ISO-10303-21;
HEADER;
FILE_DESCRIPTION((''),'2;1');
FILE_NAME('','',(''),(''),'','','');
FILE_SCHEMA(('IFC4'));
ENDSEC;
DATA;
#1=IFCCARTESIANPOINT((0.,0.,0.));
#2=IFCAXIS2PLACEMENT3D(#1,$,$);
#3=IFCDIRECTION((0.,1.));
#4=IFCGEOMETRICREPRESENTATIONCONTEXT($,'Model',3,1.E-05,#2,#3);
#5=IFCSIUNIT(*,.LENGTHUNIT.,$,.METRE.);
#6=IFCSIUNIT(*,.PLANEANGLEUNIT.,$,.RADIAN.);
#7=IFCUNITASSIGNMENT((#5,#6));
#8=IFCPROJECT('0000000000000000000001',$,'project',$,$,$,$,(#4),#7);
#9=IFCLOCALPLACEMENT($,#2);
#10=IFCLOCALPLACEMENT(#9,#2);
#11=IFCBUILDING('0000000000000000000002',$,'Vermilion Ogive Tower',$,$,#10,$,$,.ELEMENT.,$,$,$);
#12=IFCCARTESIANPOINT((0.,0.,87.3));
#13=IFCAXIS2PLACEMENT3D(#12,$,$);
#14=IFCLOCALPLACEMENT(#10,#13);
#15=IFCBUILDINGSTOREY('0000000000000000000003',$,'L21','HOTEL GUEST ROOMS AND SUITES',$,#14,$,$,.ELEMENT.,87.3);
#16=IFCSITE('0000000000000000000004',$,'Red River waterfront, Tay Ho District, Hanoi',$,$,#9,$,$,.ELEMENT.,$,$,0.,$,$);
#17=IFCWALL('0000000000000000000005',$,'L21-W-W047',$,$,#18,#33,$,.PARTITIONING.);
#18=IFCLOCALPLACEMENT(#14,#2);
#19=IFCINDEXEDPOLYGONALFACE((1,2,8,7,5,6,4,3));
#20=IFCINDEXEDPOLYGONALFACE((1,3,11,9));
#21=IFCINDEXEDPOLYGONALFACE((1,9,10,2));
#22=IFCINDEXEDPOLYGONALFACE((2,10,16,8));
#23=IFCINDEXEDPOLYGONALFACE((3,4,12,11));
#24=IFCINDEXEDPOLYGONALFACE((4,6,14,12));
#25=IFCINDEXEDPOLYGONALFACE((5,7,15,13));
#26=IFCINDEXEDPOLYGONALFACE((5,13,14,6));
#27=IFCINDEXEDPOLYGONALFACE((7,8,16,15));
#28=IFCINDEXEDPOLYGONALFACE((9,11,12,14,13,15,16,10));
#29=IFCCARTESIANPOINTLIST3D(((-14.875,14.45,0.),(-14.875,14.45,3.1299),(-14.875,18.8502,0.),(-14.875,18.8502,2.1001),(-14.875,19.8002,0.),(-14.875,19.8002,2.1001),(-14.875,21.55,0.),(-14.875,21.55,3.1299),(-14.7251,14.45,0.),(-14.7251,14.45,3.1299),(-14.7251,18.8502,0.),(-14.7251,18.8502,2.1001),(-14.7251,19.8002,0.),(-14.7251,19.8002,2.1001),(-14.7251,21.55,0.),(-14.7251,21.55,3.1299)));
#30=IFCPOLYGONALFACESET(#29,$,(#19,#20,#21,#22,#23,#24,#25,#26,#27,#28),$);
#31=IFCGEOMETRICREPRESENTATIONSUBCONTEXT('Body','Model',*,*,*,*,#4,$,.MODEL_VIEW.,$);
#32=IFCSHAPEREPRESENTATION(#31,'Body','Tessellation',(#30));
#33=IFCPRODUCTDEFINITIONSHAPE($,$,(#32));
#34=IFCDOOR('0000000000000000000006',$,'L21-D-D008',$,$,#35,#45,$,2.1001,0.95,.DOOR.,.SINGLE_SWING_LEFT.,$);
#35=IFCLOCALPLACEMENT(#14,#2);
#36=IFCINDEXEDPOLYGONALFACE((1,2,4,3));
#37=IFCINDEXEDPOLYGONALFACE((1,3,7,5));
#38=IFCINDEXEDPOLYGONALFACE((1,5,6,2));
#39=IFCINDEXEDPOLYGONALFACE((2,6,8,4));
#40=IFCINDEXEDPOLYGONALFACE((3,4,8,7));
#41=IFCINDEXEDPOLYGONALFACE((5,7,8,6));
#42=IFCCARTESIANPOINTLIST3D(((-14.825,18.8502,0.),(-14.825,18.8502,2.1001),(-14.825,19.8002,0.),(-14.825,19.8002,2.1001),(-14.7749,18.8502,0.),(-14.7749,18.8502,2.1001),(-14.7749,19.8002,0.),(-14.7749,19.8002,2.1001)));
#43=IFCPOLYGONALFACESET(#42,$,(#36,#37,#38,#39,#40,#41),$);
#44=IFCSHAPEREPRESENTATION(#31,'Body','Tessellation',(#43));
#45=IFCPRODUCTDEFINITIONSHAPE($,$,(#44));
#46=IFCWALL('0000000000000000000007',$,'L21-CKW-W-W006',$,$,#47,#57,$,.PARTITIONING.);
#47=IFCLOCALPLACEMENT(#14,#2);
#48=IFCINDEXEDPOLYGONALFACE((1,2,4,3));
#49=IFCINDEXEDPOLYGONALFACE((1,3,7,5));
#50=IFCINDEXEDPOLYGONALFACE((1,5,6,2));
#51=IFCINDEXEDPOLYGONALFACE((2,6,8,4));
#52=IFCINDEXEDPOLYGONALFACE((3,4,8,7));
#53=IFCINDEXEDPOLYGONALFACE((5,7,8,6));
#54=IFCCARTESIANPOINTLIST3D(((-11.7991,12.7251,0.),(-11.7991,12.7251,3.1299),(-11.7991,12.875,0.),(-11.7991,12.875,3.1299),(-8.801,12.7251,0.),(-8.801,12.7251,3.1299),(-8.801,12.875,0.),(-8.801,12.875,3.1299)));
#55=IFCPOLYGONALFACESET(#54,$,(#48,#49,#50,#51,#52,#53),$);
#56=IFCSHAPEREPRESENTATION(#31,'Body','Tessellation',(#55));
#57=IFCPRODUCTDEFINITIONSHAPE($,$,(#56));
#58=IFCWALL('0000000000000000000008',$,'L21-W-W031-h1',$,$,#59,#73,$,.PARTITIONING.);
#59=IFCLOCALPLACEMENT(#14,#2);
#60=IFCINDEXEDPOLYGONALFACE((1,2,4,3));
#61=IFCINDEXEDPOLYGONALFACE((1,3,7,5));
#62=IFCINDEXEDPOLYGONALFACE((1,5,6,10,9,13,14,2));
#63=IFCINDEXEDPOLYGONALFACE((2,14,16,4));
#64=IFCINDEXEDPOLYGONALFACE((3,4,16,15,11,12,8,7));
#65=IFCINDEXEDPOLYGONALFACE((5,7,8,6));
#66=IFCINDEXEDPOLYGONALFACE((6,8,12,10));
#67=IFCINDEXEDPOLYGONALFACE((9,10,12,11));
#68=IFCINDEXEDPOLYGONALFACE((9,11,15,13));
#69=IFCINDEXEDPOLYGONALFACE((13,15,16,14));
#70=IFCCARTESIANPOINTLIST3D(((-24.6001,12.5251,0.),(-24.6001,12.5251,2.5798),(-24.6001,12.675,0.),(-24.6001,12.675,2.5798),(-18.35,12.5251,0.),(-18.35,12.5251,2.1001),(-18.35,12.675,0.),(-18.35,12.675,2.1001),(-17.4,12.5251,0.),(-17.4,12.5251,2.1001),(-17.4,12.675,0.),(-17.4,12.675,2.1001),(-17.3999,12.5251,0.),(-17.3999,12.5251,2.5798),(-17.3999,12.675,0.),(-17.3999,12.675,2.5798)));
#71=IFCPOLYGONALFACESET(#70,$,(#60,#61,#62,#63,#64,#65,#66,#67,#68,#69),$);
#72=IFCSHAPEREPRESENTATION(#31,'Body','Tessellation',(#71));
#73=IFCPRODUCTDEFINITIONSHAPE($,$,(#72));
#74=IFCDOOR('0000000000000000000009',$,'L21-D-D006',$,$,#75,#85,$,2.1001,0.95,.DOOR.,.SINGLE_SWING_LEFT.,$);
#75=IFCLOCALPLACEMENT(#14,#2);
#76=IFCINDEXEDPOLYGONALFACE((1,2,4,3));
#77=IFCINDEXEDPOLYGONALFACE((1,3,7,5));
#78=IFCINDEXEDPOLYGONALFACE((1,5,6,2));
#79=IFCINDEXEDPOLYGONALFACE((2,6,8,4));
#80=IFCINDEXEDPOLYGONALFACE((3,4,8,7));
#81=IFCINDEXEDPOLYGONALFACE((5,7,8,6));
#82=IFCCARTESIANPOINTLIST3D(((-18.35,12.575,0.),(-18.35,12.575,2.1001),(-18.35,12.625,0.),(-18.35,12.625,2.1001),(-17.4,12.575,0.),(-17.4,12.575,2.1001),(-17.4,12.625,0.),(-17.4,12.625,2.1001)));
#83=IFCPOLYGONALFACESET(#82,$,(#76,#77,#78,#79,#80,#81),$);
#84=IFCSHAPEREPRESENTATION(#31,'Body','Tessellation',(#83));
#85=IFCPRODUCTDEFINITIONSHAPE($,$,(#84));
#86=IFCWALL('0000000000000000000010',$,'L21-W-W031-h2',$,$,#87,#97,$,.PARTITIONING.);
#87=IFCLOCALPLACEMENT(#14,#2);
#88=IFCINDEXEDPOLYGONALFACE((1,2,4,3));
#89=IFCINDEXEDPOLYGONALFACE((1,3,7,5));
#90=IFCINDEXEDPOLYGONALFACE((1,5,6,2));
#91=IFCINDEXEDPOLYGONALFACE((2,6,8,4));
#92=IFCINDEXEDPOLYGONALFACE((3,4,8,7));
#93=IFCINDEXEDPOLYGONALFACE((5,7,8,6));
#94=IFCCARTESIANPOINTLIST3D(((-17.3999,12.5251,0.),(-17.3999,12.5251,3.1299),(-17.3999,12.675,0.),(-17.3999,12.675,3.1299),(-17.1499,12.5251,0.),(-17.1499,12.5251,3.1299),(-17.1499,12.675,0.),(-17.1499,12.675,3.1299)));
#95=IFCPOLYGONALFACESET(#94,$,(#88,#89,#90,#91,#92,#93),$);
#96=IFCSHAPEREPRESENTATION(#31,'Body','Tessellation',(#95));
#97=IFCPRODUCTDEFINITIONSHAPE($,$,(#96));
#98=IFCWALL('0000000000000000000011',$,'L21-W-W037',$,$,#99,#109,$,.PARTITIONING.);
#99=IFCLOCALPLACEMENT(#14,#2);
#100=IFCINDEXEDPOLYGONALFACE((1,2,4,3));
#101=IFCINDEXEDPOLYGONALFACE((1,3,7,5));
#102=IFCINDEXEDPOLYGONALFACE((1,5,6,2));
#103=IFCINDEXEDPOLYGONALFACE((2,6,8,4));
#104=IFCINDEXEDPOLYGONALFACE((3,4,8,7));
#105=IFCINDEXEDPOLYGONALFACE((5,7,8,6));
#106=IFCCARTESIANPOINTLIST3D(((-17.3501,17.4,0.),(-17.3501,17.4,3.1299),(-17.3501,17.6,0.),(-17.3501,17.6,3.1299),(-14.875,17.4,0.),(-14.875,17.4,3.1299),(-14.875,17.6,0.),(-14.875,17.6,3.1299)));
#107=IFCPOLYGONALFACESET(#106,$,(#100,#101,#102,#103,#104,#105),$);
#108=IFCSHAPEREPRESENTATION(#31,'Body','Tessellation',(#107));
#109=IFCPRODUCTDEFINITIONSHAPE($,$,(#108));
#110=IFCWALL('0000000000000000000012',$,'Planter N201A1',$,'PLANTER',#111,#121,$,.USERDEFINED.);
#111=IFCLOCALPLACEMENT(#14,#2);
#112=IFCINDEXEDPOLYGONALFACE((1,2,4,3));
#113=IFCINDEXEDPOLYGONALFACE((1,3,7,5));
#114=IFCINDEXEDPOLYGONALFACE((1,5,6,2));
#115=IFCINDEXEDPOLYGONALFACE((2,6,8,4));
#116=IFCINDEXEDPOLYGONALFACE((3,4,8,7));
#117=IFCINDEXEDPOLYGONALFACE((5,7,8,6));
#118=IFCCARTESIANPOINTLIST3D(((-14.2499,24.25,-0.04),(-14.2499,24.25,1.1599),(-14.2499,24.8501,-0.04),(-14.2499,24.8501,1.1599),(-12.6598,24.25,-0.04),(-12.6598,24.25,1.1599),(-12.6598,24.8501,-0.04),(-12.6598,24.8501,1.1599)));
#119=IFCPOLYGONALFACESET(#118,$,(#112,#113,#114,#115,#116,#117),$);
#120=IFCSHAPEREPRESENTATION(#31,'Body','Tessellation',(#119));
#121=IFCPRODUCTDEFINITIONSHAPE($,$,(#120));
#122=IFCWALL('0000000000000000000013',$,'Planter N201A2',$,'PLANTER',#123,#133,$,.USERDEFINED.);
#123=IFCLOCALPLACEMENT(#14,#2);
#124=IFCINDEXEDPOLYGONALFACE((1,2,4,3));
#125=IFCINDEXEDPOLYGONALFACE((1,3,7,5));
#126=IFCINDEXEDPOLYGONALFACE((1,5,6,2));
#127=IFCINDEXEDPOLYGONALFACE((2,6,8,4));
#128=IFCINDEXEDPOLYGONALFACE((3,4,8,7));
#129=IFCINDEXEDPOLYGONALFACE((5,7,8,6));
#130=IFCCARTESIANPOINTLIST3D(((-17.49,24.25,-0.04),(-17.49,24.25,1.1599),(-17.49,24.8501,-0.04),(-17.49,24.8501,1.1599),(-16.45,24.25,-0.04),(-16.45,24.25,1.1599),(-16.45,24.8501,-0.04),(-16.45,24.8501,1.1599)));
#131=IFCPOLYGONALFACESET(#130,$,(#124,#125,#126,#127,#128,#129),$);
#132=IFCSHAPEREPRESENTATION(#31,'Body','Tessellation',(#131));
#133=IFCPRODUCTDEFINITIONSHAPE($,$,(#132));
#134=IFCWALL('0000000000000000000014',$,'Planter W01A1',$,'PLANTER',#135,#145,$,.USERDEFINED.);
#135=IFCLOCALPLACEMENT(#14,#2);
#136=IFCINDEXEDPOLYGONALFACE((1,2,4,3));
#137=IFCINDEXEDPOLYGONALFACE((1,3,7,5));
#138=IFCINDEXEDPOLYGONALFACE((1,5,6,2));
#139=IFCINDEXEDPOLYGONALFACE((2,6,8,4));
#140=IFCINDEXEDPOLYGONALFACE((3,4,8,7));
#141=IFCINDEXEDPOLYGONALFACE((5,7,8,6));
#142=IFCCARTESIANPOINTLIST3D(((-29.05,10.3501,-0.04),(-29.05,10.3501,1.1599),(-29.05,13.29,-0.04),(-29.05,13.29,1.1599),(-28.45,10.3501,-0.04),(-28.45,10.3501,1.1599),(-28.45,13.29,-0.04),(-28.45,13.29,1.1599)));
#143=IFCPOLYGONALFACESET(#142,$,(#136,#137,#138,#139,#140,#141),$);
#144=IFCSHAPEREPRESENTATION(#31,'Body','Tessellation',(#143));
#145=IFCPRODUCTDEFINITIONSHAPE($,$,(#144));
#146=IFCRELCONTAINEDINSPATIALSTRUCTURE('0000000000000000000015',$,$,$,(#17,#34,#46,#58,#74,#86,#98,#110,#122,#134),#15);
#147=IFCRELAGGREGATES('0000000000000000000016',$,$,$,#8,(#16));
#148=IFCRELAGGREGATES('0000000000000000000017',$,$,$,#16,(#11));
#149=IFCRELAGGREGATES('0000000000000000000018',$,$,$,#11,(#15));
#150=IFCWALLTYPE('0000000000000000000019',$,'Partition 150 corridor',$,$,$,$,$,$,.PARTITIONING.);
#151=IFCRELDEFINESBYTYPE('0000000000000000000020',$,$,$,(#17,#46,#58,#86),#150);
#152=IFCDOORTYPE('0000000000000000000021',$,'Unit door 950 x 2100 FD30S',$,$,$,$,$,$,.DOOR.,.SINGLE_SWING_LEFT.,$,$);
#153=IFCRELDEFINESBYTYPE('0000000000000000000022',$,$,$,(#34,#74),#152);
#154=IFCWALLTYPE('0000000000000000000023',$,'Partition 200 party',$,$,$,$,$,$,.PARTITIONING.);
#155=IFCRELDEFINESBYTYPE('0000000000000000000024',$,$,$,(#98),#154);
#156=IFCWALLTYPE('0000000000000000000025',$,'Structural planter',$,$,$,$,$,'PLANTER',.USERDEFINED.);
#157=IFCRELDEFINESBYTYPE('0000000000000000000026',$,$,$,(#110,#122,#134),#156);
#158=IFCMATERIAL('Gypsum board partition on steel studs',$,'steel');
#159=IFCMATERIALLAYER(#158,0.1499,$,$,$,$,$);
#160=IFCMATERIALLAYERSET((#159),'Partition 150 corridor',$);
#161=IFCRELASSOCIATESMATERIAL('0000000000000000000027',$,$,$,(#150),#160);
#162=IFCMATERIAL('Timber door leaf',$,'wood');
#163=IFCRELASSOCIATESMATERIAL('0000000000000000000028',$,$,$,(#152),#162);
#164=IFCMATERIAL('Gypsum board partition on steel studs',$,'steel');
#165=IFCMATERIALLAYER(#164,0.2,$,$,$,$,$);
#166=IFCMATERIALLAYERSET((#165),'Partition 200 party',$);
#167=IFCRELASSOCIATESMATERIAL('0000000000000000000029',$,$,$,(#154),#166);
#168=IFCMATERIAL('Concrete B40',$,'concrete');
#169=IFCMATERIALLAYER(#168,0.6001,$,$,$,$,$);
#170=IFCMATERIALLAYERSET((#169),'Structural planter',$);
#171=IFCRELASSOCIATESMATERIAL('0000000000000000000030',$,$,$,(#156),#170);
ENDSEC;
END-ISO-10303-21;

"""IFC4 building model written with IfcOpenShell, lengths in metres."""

from ifc_helpers import new_model, si_unit, direction, frame, frame_2d, origin, place, context, subcontext, project, spatial, rectangle, extrude, material, layer, layer_set, type_object, element, fill, save


model = new_model("IFC4")

# Units and contexts
model_context = context("Model", 3, precision=1e-05, world=origin(), true_north=direction((0.0, 1.0)))
body_context = subcontext(model_context, "Body", "Model", "MODEL_VIEW")
ifc_project = project(units=[si_unit("LENGTHUNIT", "METRE"), si_unit("PLANEANGLEUNIT", "RADIAN")], contexts=[model_context])

# Site, building, storey
site_placement = place(None, origin())
site = spatial("IfcSite", under=ifc_project, at=site_placement, Name="Red River waterfront, Tay Ho District, Hanoi", CompositionType="ELEMENT", RefElevation=0.0)
building_placement = place(site_placement, origin())
building = spatial("IfcBuilding", under=site, at=building_placement, Name="Vermilion Ogive Tower", CompositionType="ELEMENT")
storey_placement = place(building_placement, frame((0.0, 0.0, 87.3)))
storey = spatial("IfcBuildingStorey", under=building, at=storey_placement, Name="L21", Description="HOTEL GUEST ROOMS AND SUITES", CompositionType="ELEMENT", Elevation=87.3)

# Wall, opening, door
ifc_material_1 = material(Name="Gypsum board partition on steel studs", Category="steel")
ifc_layer_1 = layer(ifc_material_1, 0.1499)
ifc_layer_set_1 = layer_set([ifc_layer_1], Name="Partition 150 corridor")
wall_type_1 = type_object("IfcWallType", Name="Partition 150 corridor", PredefinedType="PARTITIONING", material=ifc_layer_set_1)
wall_1_placement = place(storey_placement, frame((-14.8, 14.45, 0.0), z_axis=(0.0, 0.0, 1.0), x_axis=(0.0, 1.0, 0.0)))
wall_1 = element("IfcWall", 1, at=wall_1_placement, inside=storey, type_object=wall_type_1, Name="L21-W-W047", PredefinedType="PARTITIONING", context=body_context, shape_type="SweptSolid", body=[
    extrude(rectangle(XDim=7.1001, YDim=0.1499, at=frame_2d((3.55, 0.0))), origin(), (0.0, 0.0, 1.0), 3.1299),
])
opening_1_placement = place(wall_1_placement, frame((4.4001, 0.0, 0.0)))
opening_1 = element("IfcOpeningElement", 2, at=opening_1_placement, cuts=wall_1, PredefinedType="OPENING", context=body_context, shape_type="SweptSolid", body=[
    extrude(rectangle(XDim=0.95, YDim=2.1001, at=frame_2d((0.4751, 1.05))), frame((0.0, 0.085, 0.0), z_axis=(0.0, -1.0, 0.0), x_axis=(1.0, 0.0, 0.0)), (0.0, 0.0, 1.0), 0.1699),
])
ifc_material_2 = material(Name="Timber door leaf", Category="wood")
door_type_1 = type_object("IfcDoorType", Name="Unit door 950 x 2100 FD30S", OperationType="SINGLE_SWING_LEFT", PredefinedType="DOOR", material=ifc_material_2)
door_1_placement = place(opening_1_placement, origin())
door_1 = element("IfcDoor", 3, at=door_1_placement, inside=storey, type_object=door_type_1, Name="L21-D-D008", OperationType="SINGLE_SWING_LEFT", OverallHeight=2.1001, OverallWidth=0.95, PredefinedType="DOOR", context=body_context, shape_type="SweptSolid", body=[
    extrude(rectangle(XDim=0.95, YDim=2.1001, at=frame_2d((0.4751, 1.05))), frame((0.0, 0.0249, 0.0), z_axis=(0.0, -1.0, 0.0), x_axis=(1.0, 0.0, 0.0)), (0.0, 0.0, 1.0), 0.05),
])
fill(opening_1, door_1)

# Wall
wall_2_placement = place(storey_placement, frame((-11.7991, 12.8, 0.0), z_axis=(0.0, 0.0, 1.0), x_axis=(1.0, 0.0, 0.0)))
element("IfcWall", 4, at=wall_2_placement, inside=storey, type_object=wall_type_1, Name="L21-CKW-W-W006", PredefinedType="PARTITIONING", context=body_context, shape_type="SweptSolid", body=[
    extrude(rectangle(XDim=2.998, YDim=0.1499, at=frame_2d((1.499, 0.0))), origin(), (0.0, 0.0, 1.0), 3.1299),
])

# Wall, opening, door
wall_3_placement = place(storey_placement, frame((-24.6001, 12.6001, 0.0), z_axis=(0.0, 0.0, 1.0), x_axis=(1.0, 0.0, 0.0)))
wall_3 = element("IfcWall", 5, at=wall_3_placement, inside=storey, type_object=wall_type_1, Name="L21-W-W031-h1", PredefinedType="PARTITIONING", context=body_context, shape_type="SweptSolid", body=[
    extrude(rectangle(XDim=7.2002, YDim=0.1499, at=frame_2d((3.6001, 0.0))), origin(), (0.0, 0.0, 1.0), 2.5798),
])
opening_2_placement = place(wall_3_placement, frame((6.25, 0.0, 0.0)))
opening_2 = element("IfcOpeningElement", 6, at=opening_2_placement, cuts=wall_3, PredefinedType="OPENING", context=body_context, shape_type="SweptSolid", body=[
    extrude(rectangle(XDim=0.95, YDim=2.1001, at=frame_2d((0.4751, 1.05))), frame((0.0, 0.085, 0.0), z_axis=(0.0, -1.0, 0.0), x_axis=(1.0, 0.0, 0.0)), (0.0, 0.0, 1.0), 0.1699),
])
door_2_placement = place(opening_2_placement, origin())
door_2 = element("IfcDoor", 7, at=door_2_placement, inside=storey, type_object=door_type_1, Name="L21-D-D006", OperationType="SINGLE_SWING_LEFT", OverallHeight=2.1001, OverallWidth=0.95, PredefinedType="DOOR", context=body_context, shape_type="SweptSolid", body=[
    extrude(rectangle(XDim=0.95, YDim=2.1001, at=frame_2d((0.4751, 1.05))), frame((0.0, 0.0249, 0.0), z_axis=(0.0, -1.0, 0.0), x_axis=(1.0, 0.0, 0.0)), (0.0, 0.0, 1.0), 0.05),
])
fill(opening_2, door_2)

# Walls
wall_4_placement = place(storey_placement, frame((-17.3999, 12.6001, 0.0), z_axis=(0.0, 0.0, 1.0), x_axis=(1.0, 0.0, 0.0)))
element("IfcWall", 8, at=wall_4_placement, inside=storey, type_object=wall_type_1, Name="L21-W-W031-h2", PredefinedType="PARTITIONING", context=body_context, shape_type="SweptSolid", body=[
    extrude(rectangle(XDim=0.25, YDim=0.1499, at=frame_2d((0.125, 0.0))), origin(), (0.0, 0.0, 1.0), 3.1299),
])
ifc_material_3 = material(Name="Gypsum board partition on steel studs", Category="steel")
ifc_layer_2 = layer(ifc_material_3, 0.2)
ifc_layer_set_2 = layer_set([ifc_layer_2], Name="Partition 200 party")
wall_type_2 = type_object("IfcWallType", Name="Partition 200 party", PredefinedType="PARTITIONING", material=ifc_layer_set_2)
wall_5_placement = place(storey_placement, frame((-17.3501, 17.5, 0.0), z_axis=(0.0, 0.0, 1.0), x_axis=(1.0, 0.0, 0.0)))
element("IfcWall", 9, at=wall_5_placement, inside=storey, type_object=wall_type_2, Name="L21-W-W037", PredefinedType="PARTITIONING", context=body_context, shape_type="SweptSolid", body=[
    extrude(rectangle(XDim=2.4751, YDim=0.2, at=frame_2d((1.2375, 0.0))), origin(), (0.0, 0.0, 1.0), 3.1299),
])
ifc_material_4 = material(Name="Concrete B40", Category="concrete")
ifc_layer_3 = layer(ifc_material_4, 0.6001)
ifc_layer_set_3 = layer_set([ifc_layer_3], Name="Structural planter")
wall_type_3 = type_object("IfcWallType", Name="Structural planter", ElementType="PLANTER", PredefinedType="USERDEFINED", material=ifc_layer_set_3)
wall_6_placement = place(storey_placement, frame((-12.6599, 24.55, -0.04), z_axis=(0.0, 0.0, 1.0), x_axis=(-1.0, 0.0, 0.0)))
element("IfcWall", 10, at=wall_6_placement, inside=storey, type_object=wall_type_3, Name="Planter N201A1", ObjectType="PLANTER", PredefinedType="USERDEFINED", context=body_context, shape_type="SweptSolid", body=[
    extrude(rectangle(XDim=1.5901, YDim=0.6001, at=frame_2d((0.7949, 0.0))), origin(), (0.0, 0.0, 1.0), 1.2),
])
wall_7_placement = place(storey_placement, frame((-16.45, 24.55, -0.04), z_axis=(0.0, 0.0, 1.0), x_axis=(-1.0, 0.0, 0.0)))
element("IfcWall", 11, at=wall_7_placement, inside=storey, type_object=wall_type_3, Name="Planter N201A2", ObjectType="PLANTER", PredefinedType="USERDEFINED", context=body_context, shape_type="SweptSolid", body=[
    extrude(rectangle(XDim=1.04, YDim=0.6001, at=frame_2d((0.52, 0.0))), origin(), (0.0, 0.0, 1.0), 1.2),
])
wall_8_placement = place(storey_placement, frame((-28.75, 13.29, -0.04), z_axis=(0.0, 0.0, 1.0), x_axis=(0.0, -1.0, 0.0)))
element("IfcWall", 12, at=wall_8_placement, inside=storey, type_object=wall_type_3, Name="Planter W01A1", ObjectType="PLANTER", PredefinedType="USERDEFINED", context=body_context, shape_type="SweptSolid", body=[
    extrude(rectangle(XDim=2.9399, YDim=0.6001, at=frame_2d((1.47, 0.0))), origin(), (0.0, 0.0, 1.0), 1.2),
])

save(model, "model.ifc")
